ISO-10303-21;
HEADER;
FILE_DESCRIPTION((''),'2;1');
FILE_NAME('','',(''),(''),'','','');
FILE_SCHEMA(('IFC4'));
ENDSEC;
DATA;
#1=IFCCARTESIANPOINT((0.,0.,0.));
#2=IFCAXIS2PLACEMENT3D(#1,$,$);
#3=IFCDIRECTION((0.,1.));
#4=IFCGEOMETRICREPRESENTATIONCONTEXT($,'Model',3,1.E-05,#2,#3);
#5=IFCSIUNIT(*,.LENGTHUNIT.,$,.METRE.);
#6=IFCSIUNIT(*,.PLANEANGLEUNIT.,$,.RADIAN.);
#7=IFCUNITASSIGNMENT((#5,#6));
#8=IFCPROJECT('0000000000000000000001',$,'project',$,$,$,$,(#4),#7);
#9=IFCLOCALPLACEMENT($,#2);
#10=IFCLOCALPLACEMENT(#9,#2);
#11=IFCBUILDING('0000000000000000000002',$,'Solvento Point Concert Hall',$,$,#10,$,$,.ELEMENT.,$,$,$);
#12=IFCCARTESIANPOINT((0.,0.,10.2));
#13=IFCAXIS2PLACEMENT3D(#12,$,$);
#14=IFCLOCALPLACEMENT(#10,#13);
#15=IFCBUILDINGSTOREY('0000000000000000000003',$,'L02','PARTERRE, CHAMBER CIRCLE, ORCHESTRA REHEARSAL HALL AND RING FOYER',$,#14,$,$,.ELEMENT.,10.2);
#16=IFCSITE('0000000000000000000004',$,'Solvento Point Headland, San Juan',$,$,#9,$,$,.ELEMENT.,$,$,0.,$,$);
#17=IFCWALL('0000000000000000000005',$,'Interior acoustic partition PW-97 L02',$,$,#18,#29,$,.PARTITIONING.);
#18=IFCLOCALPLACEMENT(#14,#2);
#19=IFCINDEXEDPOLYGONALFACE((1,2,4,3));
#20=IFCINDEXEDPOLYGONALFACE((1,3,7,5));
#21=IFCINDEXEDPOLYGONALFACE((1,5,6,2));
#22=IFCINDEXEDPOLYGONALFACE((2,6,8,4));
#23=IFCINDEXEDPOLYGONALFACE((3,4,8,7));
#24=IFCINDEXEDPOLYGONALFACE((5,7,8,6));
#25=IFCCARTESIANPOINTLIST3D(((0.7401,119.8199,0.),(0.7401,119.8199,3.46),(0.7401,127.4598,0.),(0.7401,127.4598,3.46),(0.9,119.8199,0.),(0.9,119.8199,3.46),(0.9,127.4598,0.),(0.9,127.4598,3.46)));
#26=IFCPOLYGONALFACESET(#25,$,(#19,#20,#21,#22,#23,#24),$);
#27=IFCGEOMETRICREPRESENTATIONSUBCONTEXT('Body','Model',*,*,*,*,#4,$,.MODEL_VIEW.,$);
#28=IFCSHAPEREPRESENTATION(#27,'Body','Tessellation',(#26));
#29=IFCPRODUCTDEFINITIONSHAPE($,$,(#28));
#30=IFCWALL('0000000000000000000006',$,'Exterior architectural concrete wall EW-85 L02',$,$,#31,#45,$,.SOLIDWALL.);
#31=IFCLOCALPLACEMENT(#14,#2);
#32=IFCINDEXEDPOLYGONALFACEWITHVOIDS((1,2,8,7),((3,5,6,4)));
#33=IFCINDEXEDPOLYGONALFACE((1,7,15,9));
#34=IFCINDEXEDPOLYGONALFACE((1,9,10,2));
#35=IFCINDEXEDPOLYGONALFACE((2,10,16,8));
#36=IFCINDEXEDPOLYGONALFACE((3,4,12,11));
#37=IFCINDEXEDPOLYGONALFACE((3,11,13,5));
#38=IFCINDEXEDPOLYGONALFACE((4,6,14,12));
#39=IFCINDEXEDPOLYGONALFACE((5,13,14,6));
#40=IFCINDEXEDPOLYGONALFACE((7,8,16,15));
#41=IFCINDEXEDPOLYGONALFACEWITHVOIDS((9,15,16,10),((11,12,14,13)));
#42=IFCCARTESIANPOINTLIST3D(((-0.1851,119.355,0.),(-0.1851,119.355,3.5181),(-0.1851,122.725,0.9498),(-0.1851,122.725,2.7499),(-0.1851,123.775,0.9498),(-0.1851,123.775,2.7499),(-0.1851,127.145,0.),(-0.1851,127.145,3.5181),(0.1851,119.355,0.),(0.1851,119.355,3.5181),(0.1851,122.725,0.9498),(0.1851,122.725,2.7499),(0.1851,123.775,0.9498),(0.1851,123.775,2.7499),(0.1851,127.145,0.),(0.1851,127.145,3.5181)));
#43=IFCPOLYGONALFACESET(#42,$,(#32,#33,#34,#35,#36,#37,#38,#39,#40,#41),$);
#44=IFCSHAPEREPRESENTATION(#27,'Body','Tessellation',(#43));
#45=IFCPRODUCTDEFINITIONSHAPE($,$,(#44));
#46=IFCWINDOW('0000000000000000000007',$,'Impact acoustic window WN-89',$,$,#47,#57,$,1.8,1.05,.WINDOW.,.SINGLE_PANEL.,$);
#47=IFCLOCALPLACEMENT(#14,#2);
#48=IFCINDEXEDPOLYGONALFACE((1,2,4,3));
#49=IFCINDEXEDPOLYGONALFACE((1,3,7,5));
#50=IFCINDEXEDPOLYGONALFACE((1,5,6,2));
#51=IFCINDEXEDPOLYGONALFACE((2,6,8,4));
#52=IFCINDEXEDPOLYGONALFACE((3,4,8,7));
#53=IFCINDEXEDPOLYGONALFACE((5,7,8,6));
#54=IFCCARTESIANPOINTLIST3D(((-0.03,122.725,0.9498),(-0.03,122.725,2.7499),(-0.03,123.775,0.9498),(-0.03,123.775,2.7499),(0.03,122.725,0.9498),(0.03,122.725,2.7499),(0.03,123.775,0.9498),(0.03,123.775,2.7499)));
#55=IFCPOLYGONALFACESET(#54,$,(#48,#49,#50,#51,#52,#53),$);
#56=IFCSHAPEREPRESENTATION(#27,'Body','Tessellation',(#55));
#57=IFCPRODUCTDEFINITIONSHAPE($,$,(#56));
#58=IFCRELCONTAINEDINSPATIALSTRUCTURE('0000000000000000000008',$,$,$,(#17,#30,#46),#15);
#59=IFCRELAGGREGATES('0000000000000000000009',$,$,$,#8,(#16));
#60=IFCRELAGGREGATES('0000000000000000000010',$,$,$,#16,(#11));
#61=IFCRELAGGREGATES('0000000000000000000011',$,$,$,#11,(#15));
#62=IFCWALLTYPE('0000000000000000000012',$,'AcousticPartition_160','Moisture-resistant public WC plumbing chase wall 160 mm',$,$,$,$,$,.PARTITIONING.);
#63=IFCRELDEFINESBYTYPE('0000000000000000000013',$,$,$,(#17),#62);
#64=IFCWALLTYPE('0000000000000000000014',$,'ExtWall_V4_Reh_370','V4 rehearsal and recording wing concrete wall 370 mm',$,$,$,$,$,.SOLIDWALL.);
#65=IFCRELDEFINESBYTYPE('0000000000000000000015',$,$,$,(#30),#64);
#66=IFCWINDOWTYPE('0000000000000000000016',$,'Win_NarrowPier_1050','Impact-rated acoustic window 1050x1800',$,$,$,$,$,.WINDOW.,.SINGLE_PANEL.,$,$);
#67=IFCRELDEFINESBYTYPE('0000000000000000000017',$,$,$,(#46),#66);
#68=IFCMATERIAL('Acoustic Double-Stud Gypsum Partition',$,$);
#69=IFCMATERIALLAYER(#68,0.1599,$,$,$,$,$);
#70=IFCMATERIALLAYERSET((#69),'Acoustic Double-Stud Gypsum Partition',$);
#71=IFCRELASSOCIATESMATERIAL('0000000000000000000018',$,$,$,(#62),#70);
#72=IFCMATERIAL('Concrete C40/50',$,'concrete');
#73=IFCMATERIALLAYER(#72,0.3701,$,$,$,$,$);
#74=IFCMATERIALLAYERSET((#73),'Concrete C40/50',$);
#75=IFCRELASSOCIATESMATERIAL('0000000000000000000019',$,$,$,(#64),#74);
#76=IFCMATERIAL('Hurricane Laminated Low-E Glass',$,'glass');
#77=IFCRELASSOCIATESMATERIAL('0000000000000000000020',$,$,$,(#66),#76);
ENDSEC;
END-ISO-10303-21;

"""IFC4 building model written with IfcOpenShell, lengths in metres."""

from ifc_helpers import new_model, si_unit, direction, frame, frame_2d, origin, place, context, subcontext, project, spatial, rectangle, extrude, material, layer, layer_set, type_object, element, fill, save


model = new_model("IFC4")

# Units and contexts
model_context = context("Model", 3, precision=1e-05, world=origin(), true_north=direction((0.0, 1.0)))
body_context = subcontext(model_context, "Body", "Model", "MODEL_VIEW")
ifc_project = project(units=[si_unit("LENGTHUNIT", "METRE"), si_unit("PLANEANGLEUNIT", "RADIAN")], contexts=[model_context])

# Site, building, storey
site_placement = place(None, origin())
site = spatial("IfcSite", under=ifc_project, at=site_placement, Name="Solvento Point Headland, San Juan", CompositionType="ELEMENT", RefElevation=0.0)
building_placement = place(site_placement, origin())
building = spatial("IfcBuilding", under=site, at=building_placement, Name="Solvento Point Concert Hall", CompositionType="ELEMENT")
storey_placement = place(building_placement, frame((0.0, 0.0, 10.2)))
storey = spatial("IfcBuildingStorey", under=building, at=storey_placement, Name="L02", Description="PARTERRE, CHAMBER CIRCLE, ORCHESTRA REHEARSAL HALL AND RING FOYER", CompositionType="ELEMENT", Elevation=10.2)

# Wall
ifc_material_1 = material(Name="Acoustic Double-Stud Gypsum Partition")
ifc_layer_1 = layer(ifc_material_1, 0.1599)
ifc_layer_set_1 = layer_set([ifc_layer_1], Name="Acoustic Double-Stud Gypsum Partition")
wall_type_1 = type_object("IfcWallType", Name="AcousticPartition_160", Description="Moisture-resistant public WC plumbing chase wall 160 mm", PredefinedType="PARTITIONING", material=ifc_layer_set_1)
wall_1_placement = place(storey_placement, frame((0.8201, 119.8201, 0.0), z_axis=(0.0, 0.0, 1.0), x_axis=(0.0, 1.0, 0.0)))
element("IfcWall", 1, at=wall_1_placement, inside=storey, type_object=wall_type_1, Name="Interior acoustic partition PW-97 L02", PredefinedType="PARTITIONING", context=body_context, shape_type="SweptSolid", body=[
    extrude(rectangle(XDim=7.6399, YDim=0.1599, at=frame_2d((3.8198, 0.0))), origin(), (0.0, 0.0, 1.0), 3.46),
])

# Wall, opening, window
ifc_material_2 = material(Name="Concrete C40/50", Category="concrete")
ifc_layer_2 = layer(ifc_material_2, 0.3701)
ifc_layer_set_2 = layer_set([ifc_layer_2], Name="Concrete C40/50")
wall_type_2 = type_object("IfcWallType", Name="ExtWall_V4_Reh_370", Description="V4 rehearsal and recording wing concrete wall 370 mm", PredefinedType="SOLIDWALL", material=ifc_layer_set_2)
wall_2_placement = place(storey_placement, frame((0.0, 119.355, 0.0), z_axis=(0.0, 0.0, 1.0), x_axis=(0.0, 1.0, 0.0)))
wall_2 = element("IfcWall", 2, at=wall_2_placement, inside=storey, type_object=wall_type_2, Name="Exterior architectural concrete wall EW-85 L02", PredefinedType="SOLIDWALL", context=body_context, shape_type="SweptSolid", body=[
    extrude(rectangle(XDim=7.79, YDim=0.3701, at=frame_2d((3.895, 0.0))), origin(), (0.0, 0.0, 1.0), 3.5181),
])
opening_placement = place(wall_2_placement, frame((3.3701, 0.0, 0.95)))
opening = element("IfcOpeningElement", 3, at=opening_placement, cuts=wall_2, PredefinedType="OPENING", context=body_context, shape_type="SweptSolid", body=[
    extrude(rectangle(XDim=1.05, YDim=1.8, at=frame_2d((0.5249, 0.8999))), frame((0.0, 0.1951, 0.0), z_axis=(0.0, -1.0, 0.0), x_axis=(1.0, 0.0, 0.0)), (0.0, 0.0, 1.0), 0.3901),
])
ifc_material_3 = material(Name="Hurricane Laminated Low-E Glass", Category="glass")
window_type = type_object("IfcWindowType", Name="Win_NarrowPier_1050", Description="Impact-rated acoustic window 1050x1800", PartitioningType="SINGLE_PANEL", PredefinedType="WINDOW", material=ifc_material_3)
window_placement = place(opening_placement, origin())
window = element("IfcWindow", 4, at=window_placement, inside=storey, type_object=window_type, Name="Impact acoustic window WN-89", OverallHeight=1.8, OverallWidth=1.05, PartitioningType="SINGLE_PANEL", PredefinedType="WINDOW", context=body_context, shape_type="SweptSolid", body=[
    extrude(rectangle(XDim=1.05, YDim=1.8, at=frame_2d((0.5249, 0.8999))), frame((0.0, 0.03, 0.0), z_axis=(0.0, -1.0, 0.0), x_axis=(1.0, 0.0, 0.0)), (0.0, 0.0, 1.0), 0.0601),
])
fill(opening, window)

save(model, "model.ifc")
